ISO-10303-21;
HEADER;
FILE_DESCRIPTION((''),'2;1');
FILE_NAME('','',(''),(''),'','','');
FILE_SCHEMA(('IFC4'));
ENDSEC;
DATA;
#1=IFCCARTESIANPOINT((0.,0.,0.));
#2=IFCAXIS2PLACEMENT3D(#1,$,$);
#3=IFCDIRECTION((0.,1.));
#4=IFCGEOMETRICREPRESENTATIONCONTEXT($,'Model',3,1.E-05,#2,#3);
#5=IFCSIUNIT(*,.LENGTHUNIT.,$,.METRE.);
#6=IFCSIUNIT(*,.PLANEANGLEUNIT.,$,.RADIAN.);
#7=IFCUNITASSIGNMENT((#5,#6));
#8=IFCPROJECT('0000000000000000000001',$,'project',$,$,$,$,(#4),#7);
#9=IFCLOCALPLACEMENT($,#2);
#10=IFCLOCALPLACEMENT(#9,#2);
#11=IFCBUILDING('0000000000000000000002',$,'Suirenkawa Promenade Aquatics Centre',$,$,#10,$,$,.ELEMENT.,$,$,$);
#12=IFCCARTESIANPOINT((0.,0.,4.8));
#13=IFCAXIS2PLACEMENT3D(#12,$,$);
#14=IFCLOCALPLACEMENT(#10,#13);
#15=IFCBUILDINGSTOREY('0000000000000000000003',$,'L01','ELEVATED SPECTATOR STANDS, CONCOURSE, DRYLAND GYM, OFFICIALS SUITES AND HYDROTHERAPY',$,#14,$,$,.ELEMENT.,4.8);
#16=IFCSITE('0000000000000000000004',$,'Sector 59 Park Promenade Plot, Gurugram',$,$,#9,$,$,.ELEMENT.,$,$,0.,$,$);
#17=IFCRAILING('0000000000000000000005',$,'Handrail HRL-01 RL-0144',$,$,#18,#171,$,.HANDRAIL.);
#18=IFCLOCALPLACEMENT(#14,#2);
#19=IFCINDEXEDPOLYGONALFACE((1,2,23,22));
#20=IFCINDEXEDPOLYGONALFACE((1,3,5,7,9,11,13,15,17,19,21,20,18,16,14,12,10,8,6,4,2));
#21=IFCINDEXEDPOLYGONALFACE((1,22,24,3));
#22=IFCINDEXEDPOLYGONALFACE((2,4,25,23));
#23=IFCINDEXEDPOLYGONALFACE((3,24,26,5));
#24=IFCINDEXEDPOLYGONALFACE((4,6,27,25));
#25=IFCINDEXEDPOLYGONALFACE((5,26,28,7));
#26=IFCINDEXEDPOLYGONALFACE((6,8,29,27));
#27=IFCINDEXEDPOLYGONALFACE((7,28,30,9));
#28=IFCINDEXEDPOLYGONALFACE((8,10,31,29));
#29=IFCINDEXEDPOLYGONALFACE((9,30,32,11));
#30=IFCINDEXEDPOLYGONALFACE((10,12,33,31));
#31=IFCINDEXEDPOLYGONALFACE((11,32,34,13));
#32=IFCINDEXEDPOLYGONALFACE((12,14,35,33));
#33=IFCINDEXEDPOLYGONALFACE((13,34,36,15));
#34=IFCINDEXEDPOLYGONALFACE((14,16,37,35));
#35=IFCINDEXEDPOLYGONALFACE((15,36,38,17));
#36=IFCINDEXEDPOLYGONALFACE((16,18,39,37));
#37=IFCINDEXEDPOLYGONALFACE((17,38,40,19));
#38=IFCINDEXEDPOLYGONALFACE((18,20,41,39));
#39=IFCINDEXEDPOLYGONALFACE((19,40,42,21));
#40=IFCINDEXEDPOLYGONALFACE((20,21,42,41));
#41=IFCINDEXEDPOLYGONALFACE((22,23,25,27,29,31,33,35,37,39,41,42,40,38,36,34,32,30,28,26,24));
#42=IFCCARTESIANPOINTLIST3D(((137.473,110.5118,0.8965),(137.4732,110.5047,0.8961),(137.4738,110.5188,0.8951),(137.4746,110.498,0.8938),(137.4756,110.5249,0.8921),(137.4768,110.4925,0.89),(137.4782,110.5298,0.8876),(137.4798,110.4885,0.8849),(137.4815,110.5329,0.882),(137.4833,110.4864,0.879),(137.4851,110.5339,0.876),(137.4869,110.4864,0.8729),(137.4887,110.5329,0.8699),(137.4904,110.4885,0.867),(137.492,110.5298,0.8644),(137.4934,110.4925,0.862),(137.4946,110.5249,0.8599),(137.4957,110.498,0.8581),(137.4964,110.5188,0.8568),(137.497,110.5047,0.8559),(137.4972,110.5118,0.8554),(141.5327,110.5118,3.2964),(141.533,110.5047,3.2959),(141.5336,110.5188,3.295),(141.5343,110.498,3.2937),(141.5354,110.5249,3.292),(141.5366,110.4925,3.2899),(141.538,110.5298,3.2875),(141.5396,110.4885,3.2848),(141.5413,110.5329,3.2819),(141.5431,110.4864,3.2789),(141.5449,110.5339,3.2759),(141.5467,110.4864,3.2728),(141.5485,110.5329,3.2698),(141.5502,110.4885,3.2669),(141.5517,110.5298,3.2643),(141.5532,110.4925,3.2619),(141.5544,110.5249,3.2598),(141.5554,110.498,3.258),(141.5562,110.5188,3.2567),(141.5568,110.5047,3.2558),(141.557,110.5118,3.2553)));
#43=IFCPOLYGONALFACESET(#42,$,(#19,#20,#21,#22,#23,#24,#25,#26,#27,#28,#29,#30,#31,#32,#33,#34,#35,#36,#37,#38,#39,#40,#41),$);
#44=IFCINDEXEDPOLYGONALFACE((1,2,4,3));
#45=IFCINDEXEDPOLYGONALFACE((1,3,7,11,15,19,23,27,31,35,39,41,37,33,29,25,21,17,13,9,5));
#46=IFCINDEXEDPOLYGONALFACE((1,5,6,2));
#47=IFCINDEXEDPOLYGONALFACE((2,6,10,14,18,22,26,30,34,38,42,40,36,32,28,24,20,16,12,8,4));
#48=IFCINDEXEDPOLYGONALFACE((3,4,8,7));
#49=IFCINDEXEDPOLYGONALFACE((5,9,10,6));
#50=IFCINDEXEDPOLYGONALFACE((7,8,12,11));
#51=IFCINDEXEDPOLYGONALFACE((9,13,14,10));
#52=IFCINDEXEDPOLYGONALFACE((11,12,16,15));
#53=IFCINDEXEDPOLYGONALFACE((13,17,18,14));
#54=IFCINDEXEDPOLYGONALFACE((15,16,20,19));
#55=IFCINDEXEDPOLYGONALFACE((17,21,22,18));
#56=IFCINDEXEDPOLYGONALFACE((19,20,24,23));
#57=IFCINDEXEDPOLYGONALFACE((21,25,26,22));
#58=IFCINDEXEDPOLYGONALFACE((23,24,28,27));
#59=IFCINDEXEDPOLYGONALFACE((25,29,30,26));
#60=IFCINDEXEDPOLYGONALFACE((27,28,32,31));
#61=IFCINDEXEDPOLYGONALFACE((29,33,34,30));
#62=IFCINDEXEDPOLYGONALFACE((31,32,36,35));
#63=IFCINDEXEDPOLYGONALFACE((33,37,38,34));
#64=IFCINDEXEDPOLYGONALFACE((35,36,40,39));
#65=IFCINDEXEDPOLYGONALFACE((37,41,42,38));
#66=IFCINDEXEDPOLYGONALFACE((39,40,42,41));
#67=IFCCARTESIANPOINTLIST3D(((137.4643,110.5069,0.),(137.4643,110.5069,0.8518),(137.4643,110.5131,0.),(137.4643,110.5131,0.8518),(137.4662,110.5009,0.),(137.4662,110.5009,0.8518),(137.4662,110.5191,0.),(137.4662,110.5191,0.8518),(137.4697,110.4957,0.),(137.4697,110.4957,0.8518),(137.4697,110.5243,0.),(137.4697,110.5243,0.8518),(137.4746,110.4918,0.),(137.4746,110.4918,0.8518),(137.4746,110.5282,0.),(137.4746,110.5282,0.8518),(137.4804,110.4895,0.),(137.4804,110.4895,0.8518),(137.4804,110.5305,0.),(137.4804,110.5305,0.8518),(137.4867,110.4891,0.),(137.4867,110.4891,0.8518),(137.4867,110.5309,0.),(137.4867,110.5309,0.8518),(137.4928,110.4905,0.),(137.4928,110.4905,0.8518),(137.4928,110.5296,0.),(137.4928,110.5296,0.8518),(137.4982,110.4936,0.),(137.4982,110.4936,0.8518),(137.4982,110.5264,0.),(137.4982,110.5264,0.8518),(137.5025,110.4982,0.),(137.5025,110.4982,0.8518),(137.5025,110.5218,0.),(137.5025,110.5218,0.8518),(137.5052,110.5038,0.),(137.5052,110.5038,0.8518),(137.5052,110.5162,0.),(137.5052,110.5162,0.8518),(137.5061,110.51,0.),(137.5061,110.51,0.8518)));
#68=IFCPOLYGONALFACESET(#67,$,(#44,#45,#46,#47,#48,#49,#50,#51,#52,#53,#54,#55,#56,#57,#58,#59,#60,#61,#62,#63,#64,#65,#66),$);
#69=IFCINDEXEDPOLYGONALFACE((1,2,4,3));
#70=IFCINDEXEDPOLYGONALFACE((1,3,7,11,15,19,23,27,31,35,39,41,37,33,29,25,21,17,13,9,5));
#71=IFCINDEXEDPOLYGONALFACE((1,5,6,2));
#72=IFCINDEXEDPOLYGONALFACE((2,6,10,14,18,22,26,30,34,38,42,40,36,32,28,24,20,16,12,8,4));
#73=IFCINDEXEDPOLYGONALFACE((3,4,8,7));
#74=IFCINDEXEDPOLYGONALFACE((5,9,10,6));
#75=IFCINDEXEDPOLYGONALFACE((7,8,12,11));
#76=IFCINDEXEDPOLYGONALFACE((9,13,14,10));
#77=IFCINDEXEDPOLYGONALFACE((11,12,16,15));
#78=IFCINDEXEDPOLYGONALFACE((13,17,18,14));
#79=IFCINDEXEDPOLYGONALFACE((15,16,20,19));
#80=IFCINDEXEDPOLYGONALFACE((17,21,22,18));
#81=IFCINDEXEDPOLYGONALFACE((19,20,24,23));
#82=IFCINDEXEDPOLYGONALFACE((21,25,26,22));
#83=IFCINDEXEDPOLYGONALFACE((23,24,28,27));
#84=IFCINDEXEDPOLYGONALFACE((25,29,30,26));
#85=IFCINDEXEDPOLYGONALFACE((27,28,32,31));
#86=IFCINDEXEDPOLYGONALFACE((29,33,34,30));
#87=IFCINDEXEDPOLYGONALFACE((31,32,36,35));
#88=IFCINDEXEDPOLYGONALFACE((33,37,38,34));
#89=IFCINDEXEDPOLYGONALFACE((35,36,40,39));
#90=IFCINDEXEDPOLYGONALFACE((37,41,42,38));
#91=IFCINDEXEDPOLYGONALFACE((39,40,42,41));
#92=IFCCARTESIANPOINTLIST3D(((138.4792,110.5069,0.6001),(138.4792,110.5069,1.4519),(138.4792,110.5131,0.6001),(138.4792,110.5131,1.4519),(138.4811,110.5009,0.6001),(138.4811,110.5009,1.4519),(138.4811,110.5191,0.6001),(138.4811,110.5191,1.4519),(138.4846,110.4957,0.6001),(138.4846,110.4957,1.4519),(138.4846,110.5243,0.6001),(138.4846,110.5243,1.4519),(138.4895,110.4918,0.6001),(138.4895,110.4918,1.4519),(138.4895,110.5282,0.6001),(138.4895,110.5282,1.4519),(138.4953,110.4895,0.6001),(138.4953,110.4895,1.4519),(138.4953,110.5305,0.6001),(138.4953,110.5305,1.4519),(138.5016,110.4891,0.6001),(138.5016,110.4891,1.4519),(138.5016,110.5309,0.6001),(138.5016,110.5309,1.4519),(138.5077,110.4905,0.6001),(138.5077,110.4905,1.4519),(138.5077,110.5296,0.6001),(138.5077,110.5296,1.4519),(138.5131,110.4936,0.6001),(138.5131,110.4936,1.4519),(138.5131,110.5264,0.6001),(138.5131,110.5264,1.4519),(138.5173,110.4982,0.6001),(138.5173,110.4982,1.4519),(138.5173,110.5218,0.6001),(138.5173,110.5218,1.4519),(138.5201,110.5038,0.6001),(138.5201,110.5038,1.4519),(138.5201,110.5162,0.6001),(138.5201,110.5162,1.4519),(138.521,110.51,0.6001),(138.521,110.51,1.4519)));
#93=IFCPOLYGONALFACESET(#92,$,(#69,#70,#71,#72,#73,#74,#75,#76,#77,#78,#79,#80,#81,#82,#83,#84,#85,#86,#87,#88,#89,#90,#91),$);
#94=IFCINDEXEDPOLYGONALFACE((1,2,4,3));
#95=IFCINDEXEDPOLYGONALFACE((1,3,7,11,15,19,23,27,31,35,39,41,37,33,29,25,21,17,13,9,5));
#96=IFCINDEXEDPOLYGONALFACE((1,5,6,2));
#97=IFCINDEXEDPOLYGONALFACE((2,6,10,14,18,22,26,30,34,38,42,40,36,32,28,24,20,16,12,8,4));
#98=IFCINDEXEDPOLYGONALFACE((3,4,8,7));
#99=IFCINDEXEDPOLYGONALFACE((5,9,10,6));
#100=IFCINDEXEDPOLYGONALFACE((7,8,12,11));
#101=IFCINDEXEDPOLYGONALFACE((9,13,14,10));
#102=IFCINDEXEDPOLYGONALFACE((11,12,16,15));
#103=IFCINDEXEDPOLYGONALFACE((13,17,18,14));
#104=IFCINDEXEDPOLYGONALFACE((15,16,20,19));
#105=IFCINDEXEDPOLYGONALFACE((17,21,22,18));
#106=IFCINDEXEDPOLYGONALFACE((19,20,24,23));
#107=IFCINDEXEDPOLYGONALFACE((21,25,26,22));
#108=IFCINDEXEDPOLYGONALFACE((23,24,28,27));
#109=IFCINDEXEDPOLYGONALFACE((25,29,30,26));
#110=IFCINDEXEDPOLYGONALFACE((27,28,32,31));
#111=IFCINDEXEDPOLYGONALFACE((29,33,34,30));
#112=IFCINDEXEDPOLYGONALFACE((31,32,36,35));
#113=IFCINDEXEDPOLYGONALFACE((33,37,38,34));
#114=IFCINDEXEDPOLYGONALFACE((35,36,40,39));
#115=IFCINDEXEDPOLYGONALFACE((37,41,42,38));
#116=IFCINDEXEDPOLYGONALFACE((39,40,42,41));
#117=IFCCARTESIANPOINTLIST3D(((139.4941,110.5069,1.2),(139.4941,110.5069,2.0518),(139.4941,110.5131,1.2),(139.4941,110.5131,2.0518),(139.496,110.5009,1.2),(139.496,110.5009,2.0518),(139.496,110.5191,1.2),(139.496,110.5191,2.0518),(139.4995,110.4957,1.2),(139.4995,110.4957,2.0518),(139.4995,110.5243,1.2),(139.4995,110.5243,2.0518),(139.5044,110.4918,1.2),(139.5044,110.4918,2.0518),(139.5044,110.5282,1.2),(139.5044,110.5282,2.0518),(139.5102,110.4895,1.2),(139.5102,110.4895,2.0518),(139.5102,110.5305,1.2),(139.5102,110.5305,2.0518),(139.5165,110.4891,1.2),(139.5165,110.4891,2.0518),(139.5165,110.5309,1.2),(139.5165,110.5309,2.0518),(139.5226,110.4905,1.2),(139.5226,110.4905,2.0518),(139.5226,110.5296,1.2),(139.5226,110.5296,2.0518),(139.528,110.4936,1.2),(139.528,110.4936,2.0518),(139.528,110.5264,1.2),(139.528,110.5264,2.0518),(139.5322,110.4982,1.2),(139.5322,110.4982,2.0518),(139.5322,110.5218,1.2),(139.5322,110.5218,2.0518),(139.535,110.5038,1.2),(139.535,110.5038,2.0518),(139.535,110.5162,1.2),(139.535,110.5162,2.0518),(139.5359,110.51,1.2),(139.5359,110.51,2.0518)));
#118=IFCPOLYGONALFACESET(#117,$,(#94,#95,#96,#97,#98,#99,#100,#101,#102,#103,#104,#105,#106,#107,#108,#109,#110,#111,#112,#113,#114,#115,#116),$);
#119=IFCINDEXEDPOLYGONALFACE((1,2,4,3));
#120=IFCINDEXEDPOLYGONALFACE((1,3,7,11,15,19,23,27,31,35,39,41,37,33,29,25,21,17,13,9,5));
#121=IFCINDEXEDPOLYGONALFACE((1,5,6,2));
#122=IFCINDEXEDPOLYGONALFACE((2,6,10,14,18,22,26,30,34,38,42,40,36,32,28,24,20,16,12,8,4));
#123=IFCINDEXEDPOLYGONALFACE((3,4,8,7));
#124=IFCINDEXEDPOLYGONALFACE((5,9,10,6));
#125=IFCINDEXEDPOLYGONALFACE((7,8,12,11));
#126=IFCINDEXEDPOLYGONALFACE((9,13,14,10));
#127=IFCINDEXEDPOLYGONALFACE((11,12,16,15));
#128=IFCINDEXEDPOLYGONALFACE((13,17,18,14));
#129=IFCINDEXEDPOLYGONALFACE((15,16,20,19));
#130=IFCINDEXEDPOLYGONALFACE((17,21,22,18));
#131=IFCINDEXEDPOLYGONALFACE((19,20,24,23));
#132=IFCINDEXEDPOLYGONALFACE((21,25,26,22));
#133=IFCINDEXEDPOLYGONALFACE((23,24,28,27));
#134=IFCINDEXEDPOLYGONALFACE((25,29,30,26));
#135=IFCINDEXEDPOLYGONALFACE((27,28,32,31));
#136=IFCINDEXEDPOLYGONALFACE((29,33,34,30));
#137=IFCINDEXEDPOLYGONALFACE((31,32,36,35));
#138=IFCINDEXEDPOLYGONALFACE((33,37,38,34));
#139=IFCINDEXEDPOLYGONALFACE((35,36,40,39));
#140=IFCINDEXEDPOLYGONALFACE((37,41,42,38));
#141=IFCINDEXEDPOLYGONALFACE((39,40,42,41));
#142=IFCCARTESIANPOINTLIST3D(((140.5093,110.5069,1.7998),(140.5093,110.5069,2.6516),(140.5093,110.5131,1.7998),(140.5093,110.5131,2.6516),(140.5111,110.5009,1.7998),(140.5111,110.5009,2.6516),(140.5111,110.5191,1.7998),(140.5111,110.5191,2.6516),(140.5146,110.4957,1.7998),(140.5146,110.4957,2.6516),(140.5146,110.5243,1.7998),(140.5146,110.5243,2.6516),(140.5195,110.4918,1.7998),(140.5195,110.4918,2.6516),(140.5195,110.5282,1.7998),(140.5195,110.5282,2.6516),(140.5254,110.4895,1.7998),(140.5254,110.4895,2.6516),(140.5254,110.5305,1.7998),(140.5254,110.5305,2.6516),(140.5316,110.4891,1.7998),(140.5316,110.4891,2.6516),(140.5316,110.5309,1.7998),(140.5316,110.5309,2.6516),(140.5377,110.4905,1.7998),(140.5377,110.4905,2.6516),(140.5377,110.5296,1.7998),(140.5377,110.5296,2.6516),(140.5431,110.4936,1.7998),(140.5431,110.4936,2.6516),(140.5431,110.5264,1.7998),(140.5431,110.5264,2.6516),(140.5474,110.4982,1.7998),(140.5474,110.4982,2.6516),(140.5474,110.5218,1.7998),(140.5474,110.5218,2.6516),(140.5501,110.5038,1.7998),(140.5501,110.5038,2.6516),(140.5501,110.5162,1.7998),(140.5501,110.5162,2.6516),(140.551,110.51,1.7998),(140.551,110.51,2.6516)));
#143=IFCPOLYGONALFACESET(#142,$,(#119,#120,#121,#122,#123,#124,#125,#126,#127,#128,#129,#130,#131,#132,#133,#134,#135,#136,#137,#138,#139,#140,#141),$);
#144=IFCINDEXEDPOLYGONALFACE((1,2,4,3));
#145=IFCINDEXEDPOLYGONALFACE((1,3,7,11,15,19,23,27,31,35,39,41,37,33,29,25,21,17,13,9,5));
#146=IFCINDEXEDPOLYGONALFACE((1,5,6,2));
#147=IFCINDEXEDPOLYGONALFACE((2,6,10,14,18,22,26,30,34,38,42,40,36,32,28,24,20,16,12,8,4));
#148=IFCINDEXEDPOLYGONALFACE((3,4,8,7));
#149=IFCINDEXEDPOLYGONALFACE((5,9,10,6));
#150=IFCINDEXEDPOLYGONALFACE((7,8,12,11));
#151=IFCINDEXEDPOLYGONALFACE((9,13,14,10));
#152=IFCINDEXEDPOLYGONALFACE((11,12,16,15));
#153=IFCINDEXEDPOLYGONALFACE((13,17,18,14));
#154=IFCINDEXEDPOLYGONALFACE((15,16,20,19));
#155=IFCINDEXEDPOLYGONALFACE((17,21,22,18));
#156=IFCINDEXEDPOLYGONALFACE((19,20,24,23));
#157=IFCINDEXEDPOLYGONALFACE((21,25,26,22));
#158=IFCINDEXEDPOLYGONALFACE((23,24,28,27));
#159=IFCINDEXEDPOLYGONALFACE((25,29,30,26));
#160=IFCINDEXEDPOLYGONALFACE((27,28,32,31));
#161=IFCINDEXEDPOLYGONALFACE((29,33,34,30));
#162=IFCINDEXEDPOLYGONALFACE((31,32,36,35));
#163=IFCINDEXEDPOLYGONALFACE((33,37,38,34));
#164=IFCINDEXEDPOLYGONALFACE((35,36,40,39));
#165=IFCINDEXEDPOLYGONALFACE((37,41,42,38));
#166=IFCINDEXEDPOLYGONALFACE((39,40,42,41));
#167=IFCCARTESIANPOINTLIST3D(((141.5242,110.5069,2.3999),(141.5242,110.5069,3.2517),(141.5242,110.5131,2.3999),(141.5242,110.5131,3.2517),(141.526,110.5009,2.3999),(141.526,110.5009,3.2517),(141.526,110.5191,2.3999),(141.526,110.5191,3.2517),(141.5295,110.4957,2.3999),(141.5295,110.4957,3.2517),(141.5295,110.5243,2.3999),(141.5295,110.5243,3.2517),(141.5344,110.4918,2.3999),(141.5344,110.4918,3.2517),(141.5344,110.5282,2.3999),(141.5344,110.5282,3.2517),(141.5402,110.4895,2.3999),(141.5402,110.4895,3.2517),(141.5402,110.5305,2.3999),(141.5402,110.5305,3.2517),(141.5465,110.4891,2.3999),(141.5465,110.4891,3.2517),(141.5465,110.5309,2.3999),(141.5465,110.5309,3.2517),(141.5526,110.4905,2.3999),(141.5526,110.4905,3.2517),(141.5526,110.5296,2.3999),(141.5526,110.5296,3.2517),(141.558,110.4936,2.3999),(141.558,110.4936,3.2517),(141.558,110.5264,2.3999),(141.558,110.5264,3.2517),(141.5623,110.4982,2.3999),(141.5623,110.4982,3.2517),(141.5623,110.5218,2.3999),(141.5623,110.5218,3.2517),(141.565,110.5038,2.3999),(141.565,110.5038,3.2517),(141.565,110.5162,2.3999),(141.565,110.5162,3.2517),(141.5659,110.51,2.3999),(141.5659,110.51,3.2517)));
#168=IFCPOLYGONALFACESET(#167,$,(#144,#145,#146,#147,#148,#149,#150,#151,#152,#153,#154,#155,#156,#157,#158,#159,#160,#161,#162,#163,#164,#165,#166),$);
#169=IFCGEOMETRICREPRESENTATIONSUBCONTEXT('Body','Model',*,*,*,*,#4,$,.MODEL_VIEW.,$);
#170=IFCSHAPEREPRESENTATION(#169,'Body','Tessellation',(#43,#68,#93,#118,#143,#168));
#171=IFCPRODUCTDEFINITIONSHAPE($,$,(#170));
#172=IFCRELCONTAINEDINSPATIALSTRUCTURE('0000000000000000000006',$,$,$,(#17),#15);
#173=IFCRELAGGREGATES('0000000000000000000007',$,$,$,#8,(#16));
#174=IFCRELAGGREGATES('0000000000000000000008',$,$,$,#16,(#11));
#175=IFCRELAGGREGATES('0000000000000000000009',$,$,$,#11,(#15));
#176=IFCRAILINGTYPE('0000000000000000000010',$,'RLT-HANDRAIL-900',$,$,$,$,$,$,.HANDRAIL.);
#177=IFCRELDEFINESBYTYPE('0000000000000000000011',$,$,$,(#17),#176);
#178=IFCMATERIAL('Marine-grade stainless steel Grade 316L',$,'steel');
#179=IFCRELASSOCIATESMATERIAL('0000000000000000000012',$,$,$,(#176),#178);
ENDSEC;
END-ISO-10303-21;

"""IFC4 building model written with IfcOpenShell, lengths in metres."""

from ifc_helpers import new_model, si_unit, direction, frame, origin, origin_2d, place, context, subcontext, project, spatial, circle, extrude, material, type_object, element, save


model = new_model("IFC4")

# Units and contexts
model_context = context("Model", 3, precision=1e-05, world=origin(), true_north=direction((0.0, 1.0)))
body_context = subcontext(model_context, "Body", "Model", "MODEL_VIEW")
ifc_project = project(units=[si_unit("LENGTHUNIT", "METRE"), si_unit("PLANEANGLEUNIT", "RADIAN")], contexts=[model_context])

# Site, building, storey
site_placement = place(None, origin())
site = spatial("IfcSite", under=ifc_project, at=site_placement, Name="Sector 59 Park Promenade Plot, Gurugram", CompositionType="ELEMENT", RefElevation=0.0)
building_placement = place(site_placement, origin())
building = spatial("IfcBuilding", under=site, at=building_placement, Name="Suirenkawa Promenade Aquatics Centre", CompositionType="ELEMENT")
storey_placement = place(building_placement, frame((0.0, 0.0, 4.8)))
storey = spatial("IfcBuildingStorey", under=building, at=storey_placement, Name="L01", Description="ELEVATED SPECTATOR STANDS, CONCOURSE, DRYLAND GYM, OFFICIALS SUITES AND HYDROTHERAPY", CompositionType="ELEMENT", Elevation=4.8)

# Railing
ifc_material_1 = material(Name="Marine-grade stainless steel Grade 316L", Category="steel")
railing_type_1 = type_object("IfcRailingType", Name="RLT-HANDRAIL-900", PredefinedType="HANDRAIL", material=ifc_material_1)
railing_1_placement = place(storey_placement, frame((137.4851, 110.51, 0.0)))
element("IfcRailing", 1, at=railing_1_placement, inside=storey, type_object=railing_type_1, Name="Handrail HRL-01 RL-0144", PredefinedType="HANDRAIL", context=body_context, shape_type="SweptSolid", body=[
    extrude(circle(Radius=0.0239, at=origin_2d()), frame((0.0, 0.0, 0.876), z_axis=(0.860841, 0.0, 0.508874), x_axis=(0.0, 1.0, 0.0)), (0.0, 0.0, 1.0), 4.7161),
    extrude(circle(Radius=0.021, at=origin_2d()), origin(), (0.0, 0.0, 1.0), 0.8518),
    extrude(circle(Radius=0.021, at=origin_2d()), frame((1.0149, 0.0, 0.6001)), (0.0, 0.0, 1.0), 0.8518),
    extrude(circle(Radius=0.021, at=origin_2d()), frame((2.0298, 0.0, 1.2)), (0.0, 0.0, 1.0), 0.8518),
    extrude(circle(Radius=0.021, at=origin_2d()), frame((3.0449, 0.0, 1.7998)), (0.0, 0.0, 1.0), 0.8518),
    extrude(circle(Radius=0.021, at=origin_2d()), frame((4.0598, 0.0, 2.3999)), (0.0, 0.0, 1.0), 0.8518),
])

save(model, "model.ifc")
